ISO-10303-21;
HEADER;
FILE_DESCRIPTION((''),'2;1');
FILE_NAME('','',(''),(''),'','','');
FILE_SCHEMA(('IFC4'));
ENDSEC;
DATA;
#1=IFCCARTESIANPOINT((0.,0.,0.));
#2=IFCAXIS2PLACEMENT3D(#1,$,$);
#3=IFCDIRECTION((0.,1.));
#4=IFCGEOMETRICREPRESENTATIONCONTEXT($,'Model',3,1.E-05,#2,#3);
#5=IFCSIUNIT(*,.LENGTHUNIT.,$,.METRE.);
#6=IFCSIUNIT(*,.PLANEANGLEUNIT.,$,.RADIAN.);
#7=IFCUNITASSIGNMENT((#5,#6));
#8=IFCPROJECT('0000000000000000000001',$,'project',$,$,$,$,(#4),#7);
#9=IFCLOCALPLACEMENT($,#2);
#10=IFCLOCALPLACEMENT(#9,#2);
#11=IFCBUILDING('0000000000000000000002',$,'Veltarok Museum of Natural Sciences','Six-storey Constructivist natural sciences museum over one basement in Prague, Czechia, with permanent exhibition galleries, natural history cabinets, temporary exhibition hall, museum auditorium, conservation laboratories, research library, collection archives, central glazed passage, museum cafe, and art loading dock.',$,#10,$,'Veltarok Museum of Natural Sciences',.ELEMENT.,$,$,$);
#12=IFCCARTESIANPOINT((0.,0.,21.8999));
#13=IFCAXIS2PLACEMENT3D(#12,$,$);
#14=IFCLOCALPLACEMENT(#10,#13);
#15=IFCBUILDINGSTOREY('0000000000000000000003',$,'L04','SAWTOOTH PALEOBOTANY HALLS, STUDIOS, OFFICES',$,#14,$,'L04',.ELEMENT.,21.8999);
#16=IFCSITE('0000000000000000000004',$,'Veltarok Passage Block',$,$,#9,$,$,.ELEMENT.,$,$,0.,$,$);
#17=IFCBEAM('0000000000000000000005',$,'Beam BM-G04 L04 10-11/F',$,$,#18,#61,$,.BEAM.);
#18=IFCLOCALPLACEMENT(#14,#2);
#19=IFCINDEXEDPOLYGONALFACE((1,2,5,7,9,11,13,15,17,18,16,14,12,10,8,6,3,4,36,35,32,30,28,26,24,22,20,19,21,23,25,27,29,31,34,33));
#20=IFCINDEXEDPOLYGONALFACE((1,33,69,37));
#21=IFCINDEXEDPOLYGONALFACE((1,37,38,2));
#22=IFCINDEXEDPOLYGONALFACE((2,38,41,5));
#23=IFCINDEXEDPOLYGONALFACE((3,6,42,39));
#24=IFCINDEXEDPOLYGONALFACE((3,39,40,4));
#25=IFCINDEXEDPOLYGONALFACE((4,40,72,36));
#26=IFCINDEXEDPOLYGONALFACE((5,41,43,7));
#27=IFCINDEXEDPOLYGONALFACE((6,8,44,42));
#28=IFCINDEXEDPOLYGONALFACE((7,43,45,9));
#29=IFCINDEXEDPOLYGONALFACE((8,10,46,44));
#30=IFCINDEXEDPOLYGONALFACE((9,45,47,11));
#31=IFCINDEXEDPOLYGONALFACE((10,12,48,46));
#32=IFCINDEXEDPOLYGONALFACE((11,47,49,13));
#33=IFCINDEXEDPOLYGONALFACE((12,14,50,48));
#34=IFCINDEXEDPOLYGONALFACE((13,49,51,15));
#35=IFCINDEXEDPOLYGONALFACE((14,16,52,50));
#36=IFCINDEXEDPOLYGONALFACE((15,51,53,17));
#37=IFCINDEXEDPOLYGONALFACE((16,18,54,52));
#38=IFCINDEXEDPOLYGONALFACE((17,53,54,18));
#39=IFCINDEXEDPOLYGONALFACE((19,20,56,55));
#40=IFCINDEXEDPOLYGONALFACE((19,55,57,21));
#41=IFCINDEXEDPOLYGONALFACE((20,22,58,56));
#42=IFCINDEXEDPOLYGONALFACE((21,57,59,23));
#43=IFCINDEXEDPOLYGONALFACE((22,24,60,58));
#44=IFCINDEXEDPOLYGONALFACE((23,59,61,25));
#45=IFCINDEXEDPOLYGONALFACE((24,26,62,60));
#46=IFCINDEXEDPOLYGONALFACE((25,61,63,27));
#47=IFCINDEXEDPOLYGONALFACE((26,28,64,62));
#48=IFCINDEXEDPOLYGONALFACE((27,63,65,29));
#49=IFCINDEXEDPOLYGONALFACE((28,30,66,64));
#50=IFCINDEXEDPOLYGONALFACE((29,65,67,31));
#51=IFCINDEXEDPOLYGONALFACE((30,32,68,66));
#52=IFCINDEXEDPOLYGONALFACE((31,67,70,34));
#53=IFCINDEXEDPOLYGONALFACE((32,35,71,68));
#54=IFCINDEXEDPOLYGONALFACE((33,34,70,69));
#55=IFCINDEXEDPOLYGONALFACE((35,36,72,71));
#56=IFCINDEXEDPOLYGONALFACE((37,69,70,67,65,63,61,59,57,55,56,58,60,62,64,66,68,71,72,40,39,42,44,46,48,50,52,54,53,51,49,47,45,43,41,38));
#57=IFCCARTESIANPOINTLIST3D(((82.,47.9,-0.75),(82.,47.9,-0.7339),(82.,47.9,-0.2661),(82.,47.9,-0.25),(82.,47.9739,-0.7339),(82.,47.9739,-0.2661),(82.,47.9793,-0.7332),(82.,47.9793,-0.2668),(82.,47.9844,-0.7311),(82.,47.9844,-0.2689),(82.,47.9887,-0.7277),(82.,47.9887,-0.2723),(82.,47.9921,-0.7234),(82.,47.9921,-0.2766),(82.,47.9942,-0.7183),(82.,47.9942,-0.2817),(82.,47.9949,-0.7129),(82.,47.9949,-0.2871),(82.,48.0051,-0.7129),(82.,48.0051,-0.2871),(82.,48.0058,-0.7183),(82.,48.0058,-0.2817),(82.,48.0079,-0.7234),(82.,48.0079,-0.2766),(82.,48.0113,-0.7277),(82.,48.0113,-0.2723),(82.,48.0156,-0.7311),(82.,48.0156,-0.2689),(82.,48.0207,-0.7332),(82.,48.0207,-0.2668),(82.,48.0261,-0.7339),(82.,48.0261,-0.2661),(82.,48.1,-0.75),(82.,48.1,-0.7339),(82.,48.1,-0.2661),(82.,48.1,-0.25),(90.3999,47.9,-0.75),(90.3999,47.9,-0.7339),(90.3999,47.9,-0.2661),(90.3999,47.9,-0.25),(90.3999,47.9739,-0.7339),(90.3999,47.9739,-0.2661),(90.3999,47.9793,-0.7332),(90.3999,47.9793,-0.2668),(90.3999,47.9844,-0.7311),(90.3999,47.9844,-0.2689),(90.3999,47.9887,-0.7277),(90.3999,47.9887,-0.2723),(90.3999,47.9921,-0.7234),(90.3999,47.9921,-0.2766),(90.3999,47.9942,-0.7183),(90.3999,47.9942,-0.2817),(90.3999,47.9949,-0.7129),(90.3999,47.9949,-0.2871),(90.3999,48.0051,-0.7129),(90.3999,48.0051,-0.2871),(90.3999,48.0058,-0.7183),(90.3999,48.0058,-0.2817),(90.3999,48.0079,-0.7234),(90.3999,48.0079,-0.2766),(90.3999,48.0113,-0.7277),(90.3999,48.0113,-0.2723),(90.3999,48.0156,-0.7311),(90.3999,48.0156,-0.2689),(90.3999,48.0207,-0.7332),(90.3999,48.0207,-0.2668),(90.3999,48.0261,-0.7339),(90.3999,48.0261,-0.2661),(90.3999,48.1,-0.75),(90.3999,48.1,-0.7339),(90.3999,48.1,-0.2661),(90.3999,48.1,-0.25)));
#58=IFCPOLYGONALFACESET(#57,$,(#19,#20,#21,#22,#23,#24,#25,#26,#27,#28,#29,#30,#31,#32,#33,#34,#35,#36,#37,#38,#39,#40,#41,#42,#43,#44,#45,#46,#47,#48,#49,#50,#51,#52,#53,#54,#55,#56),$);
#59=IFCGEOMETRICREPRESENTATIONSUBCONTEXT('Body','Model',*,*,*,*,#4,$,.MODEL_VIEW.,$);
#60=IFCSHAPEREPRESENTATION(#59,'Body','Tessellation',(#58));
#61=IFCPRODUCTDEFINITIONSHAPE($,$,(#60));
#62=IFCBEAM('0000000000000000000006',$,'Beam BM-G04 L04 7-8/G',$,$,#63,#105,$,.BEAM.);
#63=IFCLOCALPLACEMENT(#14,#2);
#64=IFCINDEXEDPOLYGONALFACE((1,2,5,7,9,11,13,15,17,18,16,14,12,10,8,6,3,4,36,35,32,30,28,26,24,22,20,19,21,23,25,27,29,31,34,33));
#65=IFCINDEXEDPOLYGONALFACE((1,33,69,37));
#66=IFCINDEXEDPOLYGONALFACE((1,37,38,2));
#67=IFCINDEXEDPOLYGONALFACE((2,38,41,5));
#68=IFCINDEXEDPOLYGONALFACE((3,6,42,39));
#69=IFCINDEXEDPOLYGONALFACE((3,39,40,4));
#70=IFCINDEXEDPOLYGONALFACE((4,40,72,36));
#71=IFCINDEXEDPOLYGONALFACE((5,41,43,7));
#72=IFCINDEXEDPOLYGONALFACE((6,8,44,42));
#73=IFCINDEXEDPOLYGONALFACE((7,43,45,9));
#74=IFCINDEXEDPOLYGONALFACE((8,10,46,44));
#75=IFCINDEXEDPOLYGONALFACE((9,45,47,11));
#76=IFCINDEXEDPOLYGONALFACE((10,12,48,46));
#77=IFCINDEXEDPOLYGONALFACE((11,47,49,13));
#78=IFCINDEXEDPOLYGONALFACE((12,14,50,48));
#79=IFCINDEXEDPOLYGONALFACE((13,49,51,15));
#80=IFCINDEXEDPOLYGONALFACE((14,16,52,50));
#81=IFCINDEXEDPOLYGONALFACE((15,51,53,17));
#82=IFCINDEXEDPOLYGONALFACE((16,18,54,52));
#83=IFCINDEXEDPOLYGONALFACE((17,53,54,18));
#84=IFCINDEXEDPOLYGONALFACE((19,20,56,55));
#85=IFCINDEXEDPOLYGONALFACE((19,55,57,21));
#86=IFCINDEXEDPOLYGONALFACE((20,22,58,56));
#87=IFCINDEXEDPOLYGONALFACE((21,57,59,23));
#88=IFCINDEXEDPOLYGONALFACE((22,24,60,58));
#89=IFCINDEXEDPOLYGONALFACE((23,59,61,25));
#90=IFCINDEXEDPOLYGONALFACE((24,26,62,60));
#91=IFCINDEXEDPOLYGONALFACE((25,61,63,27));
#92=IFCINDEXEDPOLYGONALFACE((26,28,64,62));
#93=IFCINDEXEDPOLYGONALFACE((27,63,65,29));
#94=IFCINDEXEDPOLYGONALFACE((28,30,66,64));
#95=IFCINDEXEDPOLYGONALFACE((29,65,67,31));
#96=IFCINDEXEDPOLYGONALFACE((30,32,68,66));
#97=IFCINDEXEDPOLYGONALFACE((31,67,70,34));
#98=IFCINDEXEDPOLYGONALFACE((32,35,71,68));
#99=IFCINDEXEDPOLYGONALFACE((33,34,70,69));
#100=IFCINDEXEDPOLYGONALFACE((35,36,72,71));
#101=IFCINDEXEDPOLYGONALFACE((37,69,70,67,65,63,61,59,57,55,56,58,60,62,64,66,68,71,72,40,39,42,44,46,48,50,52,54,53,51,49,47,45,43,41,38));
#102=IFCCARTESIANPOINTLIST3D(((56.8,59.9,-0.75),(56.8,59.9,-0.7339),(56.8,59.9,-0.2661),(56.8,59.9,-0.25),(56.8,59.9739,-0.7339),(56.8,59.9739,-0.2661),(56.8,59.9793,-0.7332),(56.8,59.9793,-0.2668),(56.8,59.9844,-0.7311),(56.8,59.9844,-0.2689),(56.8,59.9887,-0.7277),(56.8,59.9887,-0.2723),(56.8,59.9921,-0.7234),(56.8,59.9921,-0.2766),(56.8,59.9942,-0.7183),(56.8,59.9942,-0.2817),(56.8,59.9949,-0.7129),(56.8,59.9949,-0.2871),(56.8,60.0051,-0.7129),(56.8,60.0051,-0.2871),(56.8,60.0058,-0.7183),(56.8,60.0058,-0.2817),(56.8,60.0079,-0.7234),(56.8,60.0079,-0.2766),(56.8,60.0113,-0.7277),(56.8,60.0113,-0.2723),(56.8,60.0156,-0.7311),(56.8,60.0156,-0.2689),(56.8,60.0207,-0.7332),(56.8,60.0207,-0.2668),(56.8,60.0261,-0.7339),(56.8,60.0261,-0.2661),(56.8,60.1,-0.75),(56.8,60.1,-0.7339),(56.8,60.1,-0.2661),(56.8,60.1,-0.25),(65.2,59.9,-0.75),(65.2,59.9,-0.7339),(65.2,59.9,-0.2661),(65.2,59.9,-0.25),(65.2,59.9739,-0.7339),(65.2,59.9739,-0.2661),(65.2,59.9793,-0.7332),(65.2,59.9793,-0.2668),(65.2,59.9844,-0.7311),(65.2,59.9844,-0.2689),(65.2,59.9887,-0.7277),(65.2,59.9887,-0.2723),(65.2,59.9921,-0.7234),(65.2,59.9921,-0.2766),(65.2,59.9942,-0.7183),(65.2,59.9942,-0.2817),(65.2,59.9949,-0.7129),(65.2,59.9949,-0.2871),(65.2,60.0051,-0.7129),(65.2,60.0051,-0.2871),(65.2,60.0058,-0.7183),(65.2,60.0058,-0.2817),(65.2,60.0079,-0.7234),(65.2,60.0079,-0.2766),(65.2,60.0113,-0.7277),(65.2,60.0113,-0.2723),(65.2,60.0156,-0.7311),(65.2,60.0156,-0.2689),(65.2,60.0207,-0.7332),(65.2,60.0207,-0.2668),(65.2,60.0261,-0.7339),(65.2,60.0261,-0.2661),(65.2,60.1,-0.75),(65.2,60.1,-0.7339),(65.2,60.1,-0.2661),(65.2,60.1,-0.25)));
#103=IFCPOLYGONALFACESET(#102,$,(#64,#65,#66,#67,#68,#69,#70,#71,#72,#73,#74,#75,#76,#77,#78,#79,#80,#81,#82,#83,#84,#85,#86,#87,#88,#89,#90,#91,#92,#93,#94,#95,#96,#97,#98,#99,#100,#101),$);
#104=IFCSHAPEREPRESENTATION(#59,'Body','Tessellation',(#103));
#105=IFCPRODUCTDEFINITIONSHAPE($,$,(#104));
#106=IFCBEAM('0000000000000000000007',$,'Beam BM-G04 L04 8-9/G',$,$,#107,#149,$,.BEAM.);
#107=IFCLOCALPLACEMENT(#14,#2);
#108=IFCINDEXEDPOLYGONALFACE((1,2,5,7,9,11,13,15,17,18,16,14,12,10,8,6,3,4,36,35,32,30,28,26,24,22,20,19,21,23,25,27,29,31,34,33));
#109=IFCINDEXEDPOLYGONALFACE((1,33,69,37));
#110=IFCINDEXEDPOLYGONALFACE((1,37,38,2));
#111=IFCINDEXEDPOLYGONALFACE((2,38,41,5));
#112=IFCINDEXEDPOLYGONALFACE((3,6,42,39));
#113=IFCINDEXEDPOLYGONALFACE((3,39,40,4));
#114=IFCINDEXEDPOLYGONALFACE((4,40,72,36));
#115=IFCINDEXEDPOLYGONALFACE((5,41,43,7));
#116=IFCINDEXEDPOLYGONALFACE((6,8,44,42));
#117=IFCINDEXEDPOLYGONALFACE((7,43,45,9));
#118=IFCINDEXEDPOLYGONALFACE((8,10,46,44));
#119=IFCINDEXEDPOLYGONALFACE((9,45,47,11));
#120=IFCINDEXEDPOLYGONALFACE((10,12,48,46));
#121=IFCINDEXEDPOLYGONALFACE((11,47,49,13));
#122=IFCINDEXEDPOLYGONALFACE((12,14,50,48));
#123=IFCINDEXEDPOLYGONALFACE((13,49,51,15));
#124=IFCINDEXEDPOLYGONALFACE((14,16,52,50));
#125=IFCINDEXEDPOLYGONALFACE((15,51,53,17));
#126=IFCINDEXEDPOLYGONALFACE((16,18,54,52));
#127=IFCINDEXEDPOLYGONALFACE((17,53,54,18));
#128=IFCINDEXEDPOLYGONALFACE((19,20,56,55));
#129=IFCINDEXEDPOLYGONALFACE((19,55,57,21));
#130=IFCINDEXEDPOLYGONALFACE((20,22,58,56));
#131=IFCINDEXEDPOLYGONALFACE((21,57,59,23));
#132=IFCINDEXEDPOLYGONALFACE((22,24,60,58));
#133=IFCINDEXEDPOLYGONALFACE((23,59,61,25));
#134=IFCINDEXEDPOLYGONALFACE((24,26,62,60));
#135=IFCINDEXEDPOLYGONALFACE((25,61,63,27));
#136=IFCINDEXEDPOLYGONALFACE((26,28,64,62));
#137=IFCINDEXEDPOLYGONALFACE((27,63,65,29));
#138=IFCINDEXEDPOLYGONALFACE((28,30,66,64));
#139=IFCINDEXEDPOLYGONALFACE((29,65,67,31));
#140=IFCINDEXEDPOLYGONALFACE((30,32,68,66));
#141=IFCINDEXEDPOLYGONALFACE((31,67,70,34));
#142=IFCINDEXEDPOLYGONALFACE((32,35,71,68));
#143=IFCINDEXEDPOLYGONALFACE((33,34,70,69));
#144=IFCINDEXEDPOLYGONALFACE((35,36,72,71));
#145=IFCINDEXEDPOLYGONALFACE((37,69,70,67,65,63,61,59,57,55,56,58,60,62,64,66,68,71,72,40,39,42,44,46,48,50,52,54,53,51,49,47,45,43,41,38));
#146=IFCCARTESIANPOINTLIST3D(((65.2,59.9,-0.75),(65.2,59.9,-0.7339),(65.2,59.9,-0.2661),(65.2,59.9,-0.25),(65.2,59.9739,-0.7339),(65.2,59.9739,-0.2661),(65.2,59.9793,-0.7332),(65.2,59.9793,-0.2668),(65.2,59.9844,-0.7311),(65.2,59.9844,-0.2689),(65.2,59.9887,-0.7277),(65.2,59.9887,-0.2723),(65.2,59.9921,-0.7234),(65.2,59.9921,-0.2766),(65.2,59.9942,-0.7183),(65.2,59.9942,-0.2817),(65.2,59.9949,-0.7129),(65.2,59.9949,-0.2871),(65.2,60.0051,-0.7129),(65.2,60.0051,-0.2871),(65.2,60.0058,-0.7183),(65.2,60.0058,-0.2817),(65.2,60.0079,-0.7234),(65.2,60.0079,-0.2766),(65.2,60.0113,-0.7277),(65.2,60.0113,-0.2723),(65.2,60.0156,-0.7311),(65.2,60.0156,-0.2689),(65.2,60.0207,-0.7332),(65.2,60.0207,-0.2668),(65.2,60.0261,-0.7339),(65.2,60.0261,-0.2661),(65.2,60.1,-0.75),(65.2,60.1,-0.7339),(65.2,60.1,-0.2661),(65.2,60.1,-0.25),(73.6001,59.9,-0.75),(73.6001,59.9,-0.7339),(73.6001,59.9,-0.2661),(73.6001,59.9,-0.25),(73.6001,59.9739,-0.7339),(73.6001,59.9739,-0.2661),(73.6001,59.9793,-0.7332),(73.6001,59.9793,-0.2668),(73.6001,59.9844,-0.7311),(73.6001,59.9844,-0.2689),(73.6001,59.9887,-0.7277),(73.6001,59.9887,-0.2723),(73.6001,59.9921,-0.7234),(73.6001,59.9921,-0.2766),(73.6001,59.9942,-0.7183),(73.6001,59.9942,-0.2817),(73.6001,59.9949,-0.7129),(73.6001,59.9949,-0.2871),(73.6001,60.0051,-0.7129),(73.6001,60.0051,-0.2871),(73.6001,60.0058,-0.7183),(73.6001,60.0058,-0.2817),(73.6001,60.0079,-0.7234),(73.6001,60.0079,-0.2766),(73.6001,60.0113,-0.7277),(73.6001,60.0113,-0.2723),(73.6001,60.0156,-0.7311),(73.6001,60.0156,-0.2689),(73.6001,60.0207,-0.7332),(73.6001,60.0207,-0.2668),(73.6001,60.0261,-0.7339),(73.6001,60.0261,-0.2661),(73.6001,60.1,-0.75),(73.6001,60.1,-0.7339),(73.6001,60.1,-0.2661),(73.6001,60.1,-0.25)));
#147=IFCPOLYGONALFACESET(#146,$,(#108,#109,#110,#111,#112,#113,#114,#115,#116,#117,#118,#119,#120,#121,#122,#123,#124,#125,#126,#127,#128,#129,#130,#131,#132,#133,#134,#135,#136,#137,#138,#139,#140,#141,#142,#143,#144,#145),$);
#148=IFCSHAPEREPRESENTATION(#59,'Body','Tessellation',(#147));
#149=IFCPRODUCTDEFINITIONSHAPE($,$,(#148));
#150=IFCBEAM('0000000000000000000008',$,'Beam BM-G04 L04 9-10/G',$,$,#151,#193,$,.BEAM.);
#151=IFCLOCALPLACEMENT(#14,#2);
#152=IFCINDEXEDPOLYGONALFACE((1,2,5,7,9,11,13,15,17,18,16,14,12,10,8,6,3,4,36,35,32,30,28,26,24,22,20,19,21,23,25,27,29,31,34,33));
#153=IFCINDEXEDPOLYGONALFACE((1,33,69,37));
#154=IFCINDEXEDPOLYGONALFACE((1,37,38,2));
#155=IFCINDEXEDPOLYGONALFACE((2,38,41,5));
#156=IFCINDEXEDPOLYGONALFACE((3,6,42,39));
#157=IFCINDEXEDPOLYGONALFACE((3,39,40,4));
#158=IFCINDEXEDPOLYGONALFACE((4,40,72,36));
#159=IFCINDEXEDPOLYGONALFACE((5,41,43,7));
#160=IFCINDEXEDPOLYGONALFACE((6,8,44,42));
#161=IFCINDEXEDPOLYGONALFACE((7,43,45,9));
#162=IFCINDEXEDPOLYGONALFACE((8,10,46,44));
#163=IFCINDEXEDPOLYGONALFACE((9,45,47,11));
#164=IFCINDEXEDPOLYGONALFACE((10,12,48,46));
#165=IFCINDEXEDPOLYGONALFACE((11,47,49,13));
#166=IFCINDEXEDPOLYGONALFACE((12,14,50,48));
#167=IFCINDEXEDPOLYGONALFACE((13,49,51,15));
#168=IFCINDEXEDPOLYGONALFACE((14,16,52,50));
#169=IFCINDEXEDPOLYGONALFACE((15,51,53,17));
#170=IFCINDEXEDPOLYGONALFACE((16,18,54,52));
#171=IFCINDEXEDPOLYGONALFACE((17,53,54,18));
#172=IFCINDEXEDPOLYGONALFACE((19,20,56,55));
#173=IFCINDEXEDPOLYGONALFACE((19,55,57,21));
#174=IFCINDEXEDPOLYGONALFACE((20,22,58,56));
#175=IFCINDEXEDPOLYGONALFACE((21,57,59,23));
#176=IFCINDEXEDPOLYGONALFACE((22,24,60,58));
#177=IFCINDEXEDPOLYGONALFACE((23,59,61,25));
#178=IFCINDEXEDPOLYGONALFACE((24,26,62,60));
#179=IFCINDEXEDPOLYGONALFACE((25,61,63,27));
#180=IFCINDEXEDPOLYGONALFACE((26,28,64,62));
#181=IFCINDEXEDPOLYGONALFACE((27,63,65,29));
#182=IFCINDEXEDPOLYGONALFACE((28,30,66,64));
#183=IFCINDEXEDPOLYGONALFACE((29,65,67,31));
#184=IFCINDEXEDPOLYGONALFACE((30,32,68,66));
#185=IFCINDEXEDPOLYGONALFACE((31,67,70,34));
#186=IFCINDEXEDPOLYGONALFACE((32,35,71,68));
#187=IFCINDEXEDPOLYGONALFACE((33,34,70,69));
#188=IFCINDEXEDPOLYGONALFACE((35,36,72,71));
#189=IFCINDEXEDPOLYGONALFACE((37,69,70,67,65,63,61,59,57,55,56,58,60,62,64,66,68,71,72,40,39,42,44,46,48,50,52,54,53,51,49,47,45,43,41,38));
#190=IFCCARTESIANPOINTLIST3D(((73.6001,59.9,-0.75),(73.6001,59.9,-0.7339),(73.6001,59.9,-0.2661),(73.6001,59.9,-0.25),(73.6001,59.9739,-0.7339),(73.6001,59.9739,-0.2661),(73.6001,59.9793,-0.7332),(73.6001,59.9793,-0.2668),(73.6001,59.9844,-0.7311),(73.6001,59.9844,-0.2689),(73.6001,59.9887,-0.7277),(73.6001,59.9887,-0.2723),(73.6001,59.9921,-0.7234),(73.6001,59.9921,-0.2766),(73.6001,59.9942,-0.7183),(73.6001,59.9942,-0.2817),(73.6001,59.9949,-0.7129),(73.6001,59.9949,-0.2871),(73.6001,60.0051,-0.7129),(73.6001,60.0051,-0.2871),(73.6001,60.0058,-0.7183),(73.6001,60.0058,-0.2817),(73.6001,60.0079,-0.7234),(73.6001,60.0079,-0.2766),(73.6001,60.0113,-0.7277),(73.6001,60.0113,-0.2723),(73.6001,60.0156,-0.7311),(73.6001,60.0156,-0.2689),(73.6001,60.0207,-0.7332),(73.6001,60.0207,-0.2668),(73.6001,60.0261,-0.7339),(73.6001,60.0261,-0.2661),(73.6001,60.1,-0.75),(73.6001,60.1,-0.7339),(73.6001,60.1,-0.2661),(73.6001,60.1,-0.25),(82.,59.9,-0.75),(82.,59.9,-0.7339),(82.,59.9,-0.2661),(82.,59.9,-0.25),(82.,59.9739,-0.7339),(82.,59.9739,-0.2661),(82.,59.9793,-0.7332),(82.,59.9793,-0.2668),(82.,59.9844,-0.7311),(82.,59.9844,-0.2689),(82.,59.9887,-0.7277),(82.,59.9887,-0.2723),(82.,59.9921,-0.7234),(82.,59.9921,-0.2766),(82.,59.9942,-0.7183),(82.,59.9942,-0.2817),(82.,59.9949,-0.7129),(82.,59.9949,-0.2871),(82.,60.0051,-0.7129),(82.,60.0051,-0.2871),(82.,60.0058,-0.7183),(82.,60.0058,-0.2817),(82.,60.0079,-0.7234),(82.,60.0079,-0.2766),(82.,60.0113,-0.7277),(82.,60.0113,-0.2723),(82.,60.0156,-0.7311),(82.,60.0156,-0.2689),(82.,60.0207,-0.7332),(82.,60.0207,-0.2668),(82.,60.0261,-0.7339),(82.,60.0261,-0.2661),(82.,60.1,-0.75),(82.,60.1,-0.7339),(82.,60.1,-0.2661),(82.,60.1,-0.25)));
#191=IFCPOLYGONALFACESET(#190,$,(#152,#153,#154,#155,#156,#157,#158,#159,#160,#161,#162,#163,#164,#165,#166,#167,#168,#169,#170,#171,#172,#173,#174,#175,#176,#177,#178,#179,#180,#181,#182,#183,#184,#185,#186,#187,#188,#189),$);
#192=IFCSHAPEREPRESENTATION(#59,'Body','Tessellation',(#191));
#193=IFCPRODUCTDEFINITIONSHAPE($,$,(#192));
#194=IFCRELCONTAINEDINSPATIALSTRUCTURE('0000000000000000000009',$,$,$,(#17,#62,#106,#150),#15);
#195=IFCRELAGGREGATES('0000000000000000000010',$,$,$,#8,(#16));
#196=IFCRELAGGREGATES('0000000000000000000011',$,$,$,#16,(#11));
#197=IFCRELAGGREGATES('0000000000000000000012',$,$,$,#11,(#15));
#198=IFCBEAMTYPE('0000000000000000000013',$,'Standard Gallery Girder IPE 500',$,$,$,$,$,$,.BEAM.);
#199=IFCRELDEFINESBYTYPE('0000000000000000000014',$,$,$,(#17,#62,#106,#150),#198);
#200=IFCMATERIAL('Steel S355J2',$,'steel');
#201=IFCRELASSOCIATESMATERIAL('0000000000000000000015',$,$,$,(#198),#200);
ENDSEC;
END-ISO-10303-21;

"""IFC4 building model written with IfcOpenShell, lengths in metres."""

from ifc_helpers import new_model, si_unit, direction, frame, origin, origin_2d, place, context, subcontext, project, spatial, i_section, extrude, material, material_profile, profile_set, type_object, element, save


model = new_model("IFC4")

# Units and contexts
model_context = context("Model", 3, precision=1e-05, world=origin(), true_north=direction((0.0, 1.0)))
body_context = subcontext(model_context, "Body", "Model", "MODEL_VIEW")
ifc_project = project(units=[si_unit("LENGTHUNIT", "METRE"), si_unit("PLANEANGLEUNIT", "RADIAN")], contexts=[model_context])

# Site, building, storey
site_placement = place(None, origin())
site = spatial("IfcSite", under=ifc_project, at=site_placement, Name="Veltarok Passage Block", CompositionType="ELEMENT", RefElevation=0.0)
building_placement = place(site_placement, origin())
building = spatial("IfcBuilding", under=site, at=building_placement, Name="Veltarok Museum of Natural Sciences", Description="Six-storey Constructivist natural sciences museum over one basement in Prague, Czechia, with permanent exhibition galleries, natural history cabinets, temporary exhibition hall, museum auditorium, conservation laboratories, research library, collection archives, central glazed passage, museum cafe, and art loading dock.", LongName="Veltarok Museum of Natural Sciences", CompositionType="ELEMENT")
storey_placement = place(building_placement, frame((0.0, 0.0, 21.8999)))
storey = spatial("IfcBuildingStorey", under=building, at=storey_placement, Name="L04", Description="SAWTOOTH PALEOBOTANY HALLS, STUDIOS, OFFICES", LongName="L04", CompositionType="ELEMENT", Elevation=21.8999)

# Shared definitions
ifc_material = material(Name="Steel S355J2", Category="steel")

# Beams
ifc_material_profile_1 = material_profile(ifc_material, i_section(OverallWidth=0.2, OverallDepth=0.5, WebThickness=0.0103, FlangeThickness=0.0161, FilletRadius=0.021, at=origin_2d()), Name="IPE 500")
ifc_profile_set_1 = profile_set([ifc_material_profile_1], Name="Steel S355J2")
beam_type_1 = type_object("IfcBeamType", Name="Standard Gallery Girder IPE 500", PredefinedType="BEAM", material=ifc_profile_set_1)
for number, where, z_axis, x_axis, name in (
    (1, (82.0, 48.0, -0.5), (1.0, 0.0, 0.0), (0.0, 1.0, 0.0), "Beam BM-G04 L04 10-11/F"),
    (2, (56.8, 60.0, -0.5), (1.0, 0.0, 0.0), (0.0, 1.0, 0.0), "Beam BM-G04 L04 7-8/G"),
):
    element("IfcBeam", number, at=place(storey_placement, frame(where, z_axis=z_axis, x_axis=x_axis)), inside=storey, type_object=beam_type_1, Name=name, PredefinedType="BEAM", context=body_context, shape_type="SweptSolid", body=[
        extrude(i_section(OverallWidth=0.2, OverallDepth=0.5, WebThickness=0.0103, FlangeThickness=0.0161, FilletRadius=0.021, at=origin_2d()), origin(), (0.0, 0.0, 1.0), 8.3999),
    ])
beam_1_placement = place(storey_placement, frame((65.2, 60.0, -0.5), z_axis=(1.0, 0.0, 0.0), x_axis=(0.0, 1.0, 0.0)))
element("IfcBeam", 3, at=beam_1_placement, inside=storey, type_object=beam_type_1, Name="Beam BM-G04 L04 8-9/G", PredefinedType="BEAM", context=body_context, shape_type="SweptSolid", body=[
    extrude(i_section(OverallWidth=0.2, OverallDepth=0.5, WebThickness=0.0103, FlangeThickness=0.0161, FilletRadius=0.021, at=origin_2d()), origin(), (0.0, 0.0, 1.0), 8.4001),
])
beam_2_placement = place(storey_placement, frame((73.6001, 60.0, -0.5), z_axis=(1.0, 0.0, 0.0), x_axis=(0.0, 1.0, 0.0)))
element("IfcBeam", 4, at=beam_2_placement, inside=storey, type_object=beam_type_1, Name="Beam BM-G04 L04 9-10/G", PredefinedType="BEAM", context=body_context, shape_type="SweptSolid", body=[
    extrude(i_section(OverallWidth=0.2, OverallDepth=0.5, WebThickness=0.0103, FlangeThickness=0.0161, FilletRadius=0.021, at=origin_2d()), origin(), (0.0, 0.0, 1.0), 8.3999),
])

save(model, "model.ifc")
